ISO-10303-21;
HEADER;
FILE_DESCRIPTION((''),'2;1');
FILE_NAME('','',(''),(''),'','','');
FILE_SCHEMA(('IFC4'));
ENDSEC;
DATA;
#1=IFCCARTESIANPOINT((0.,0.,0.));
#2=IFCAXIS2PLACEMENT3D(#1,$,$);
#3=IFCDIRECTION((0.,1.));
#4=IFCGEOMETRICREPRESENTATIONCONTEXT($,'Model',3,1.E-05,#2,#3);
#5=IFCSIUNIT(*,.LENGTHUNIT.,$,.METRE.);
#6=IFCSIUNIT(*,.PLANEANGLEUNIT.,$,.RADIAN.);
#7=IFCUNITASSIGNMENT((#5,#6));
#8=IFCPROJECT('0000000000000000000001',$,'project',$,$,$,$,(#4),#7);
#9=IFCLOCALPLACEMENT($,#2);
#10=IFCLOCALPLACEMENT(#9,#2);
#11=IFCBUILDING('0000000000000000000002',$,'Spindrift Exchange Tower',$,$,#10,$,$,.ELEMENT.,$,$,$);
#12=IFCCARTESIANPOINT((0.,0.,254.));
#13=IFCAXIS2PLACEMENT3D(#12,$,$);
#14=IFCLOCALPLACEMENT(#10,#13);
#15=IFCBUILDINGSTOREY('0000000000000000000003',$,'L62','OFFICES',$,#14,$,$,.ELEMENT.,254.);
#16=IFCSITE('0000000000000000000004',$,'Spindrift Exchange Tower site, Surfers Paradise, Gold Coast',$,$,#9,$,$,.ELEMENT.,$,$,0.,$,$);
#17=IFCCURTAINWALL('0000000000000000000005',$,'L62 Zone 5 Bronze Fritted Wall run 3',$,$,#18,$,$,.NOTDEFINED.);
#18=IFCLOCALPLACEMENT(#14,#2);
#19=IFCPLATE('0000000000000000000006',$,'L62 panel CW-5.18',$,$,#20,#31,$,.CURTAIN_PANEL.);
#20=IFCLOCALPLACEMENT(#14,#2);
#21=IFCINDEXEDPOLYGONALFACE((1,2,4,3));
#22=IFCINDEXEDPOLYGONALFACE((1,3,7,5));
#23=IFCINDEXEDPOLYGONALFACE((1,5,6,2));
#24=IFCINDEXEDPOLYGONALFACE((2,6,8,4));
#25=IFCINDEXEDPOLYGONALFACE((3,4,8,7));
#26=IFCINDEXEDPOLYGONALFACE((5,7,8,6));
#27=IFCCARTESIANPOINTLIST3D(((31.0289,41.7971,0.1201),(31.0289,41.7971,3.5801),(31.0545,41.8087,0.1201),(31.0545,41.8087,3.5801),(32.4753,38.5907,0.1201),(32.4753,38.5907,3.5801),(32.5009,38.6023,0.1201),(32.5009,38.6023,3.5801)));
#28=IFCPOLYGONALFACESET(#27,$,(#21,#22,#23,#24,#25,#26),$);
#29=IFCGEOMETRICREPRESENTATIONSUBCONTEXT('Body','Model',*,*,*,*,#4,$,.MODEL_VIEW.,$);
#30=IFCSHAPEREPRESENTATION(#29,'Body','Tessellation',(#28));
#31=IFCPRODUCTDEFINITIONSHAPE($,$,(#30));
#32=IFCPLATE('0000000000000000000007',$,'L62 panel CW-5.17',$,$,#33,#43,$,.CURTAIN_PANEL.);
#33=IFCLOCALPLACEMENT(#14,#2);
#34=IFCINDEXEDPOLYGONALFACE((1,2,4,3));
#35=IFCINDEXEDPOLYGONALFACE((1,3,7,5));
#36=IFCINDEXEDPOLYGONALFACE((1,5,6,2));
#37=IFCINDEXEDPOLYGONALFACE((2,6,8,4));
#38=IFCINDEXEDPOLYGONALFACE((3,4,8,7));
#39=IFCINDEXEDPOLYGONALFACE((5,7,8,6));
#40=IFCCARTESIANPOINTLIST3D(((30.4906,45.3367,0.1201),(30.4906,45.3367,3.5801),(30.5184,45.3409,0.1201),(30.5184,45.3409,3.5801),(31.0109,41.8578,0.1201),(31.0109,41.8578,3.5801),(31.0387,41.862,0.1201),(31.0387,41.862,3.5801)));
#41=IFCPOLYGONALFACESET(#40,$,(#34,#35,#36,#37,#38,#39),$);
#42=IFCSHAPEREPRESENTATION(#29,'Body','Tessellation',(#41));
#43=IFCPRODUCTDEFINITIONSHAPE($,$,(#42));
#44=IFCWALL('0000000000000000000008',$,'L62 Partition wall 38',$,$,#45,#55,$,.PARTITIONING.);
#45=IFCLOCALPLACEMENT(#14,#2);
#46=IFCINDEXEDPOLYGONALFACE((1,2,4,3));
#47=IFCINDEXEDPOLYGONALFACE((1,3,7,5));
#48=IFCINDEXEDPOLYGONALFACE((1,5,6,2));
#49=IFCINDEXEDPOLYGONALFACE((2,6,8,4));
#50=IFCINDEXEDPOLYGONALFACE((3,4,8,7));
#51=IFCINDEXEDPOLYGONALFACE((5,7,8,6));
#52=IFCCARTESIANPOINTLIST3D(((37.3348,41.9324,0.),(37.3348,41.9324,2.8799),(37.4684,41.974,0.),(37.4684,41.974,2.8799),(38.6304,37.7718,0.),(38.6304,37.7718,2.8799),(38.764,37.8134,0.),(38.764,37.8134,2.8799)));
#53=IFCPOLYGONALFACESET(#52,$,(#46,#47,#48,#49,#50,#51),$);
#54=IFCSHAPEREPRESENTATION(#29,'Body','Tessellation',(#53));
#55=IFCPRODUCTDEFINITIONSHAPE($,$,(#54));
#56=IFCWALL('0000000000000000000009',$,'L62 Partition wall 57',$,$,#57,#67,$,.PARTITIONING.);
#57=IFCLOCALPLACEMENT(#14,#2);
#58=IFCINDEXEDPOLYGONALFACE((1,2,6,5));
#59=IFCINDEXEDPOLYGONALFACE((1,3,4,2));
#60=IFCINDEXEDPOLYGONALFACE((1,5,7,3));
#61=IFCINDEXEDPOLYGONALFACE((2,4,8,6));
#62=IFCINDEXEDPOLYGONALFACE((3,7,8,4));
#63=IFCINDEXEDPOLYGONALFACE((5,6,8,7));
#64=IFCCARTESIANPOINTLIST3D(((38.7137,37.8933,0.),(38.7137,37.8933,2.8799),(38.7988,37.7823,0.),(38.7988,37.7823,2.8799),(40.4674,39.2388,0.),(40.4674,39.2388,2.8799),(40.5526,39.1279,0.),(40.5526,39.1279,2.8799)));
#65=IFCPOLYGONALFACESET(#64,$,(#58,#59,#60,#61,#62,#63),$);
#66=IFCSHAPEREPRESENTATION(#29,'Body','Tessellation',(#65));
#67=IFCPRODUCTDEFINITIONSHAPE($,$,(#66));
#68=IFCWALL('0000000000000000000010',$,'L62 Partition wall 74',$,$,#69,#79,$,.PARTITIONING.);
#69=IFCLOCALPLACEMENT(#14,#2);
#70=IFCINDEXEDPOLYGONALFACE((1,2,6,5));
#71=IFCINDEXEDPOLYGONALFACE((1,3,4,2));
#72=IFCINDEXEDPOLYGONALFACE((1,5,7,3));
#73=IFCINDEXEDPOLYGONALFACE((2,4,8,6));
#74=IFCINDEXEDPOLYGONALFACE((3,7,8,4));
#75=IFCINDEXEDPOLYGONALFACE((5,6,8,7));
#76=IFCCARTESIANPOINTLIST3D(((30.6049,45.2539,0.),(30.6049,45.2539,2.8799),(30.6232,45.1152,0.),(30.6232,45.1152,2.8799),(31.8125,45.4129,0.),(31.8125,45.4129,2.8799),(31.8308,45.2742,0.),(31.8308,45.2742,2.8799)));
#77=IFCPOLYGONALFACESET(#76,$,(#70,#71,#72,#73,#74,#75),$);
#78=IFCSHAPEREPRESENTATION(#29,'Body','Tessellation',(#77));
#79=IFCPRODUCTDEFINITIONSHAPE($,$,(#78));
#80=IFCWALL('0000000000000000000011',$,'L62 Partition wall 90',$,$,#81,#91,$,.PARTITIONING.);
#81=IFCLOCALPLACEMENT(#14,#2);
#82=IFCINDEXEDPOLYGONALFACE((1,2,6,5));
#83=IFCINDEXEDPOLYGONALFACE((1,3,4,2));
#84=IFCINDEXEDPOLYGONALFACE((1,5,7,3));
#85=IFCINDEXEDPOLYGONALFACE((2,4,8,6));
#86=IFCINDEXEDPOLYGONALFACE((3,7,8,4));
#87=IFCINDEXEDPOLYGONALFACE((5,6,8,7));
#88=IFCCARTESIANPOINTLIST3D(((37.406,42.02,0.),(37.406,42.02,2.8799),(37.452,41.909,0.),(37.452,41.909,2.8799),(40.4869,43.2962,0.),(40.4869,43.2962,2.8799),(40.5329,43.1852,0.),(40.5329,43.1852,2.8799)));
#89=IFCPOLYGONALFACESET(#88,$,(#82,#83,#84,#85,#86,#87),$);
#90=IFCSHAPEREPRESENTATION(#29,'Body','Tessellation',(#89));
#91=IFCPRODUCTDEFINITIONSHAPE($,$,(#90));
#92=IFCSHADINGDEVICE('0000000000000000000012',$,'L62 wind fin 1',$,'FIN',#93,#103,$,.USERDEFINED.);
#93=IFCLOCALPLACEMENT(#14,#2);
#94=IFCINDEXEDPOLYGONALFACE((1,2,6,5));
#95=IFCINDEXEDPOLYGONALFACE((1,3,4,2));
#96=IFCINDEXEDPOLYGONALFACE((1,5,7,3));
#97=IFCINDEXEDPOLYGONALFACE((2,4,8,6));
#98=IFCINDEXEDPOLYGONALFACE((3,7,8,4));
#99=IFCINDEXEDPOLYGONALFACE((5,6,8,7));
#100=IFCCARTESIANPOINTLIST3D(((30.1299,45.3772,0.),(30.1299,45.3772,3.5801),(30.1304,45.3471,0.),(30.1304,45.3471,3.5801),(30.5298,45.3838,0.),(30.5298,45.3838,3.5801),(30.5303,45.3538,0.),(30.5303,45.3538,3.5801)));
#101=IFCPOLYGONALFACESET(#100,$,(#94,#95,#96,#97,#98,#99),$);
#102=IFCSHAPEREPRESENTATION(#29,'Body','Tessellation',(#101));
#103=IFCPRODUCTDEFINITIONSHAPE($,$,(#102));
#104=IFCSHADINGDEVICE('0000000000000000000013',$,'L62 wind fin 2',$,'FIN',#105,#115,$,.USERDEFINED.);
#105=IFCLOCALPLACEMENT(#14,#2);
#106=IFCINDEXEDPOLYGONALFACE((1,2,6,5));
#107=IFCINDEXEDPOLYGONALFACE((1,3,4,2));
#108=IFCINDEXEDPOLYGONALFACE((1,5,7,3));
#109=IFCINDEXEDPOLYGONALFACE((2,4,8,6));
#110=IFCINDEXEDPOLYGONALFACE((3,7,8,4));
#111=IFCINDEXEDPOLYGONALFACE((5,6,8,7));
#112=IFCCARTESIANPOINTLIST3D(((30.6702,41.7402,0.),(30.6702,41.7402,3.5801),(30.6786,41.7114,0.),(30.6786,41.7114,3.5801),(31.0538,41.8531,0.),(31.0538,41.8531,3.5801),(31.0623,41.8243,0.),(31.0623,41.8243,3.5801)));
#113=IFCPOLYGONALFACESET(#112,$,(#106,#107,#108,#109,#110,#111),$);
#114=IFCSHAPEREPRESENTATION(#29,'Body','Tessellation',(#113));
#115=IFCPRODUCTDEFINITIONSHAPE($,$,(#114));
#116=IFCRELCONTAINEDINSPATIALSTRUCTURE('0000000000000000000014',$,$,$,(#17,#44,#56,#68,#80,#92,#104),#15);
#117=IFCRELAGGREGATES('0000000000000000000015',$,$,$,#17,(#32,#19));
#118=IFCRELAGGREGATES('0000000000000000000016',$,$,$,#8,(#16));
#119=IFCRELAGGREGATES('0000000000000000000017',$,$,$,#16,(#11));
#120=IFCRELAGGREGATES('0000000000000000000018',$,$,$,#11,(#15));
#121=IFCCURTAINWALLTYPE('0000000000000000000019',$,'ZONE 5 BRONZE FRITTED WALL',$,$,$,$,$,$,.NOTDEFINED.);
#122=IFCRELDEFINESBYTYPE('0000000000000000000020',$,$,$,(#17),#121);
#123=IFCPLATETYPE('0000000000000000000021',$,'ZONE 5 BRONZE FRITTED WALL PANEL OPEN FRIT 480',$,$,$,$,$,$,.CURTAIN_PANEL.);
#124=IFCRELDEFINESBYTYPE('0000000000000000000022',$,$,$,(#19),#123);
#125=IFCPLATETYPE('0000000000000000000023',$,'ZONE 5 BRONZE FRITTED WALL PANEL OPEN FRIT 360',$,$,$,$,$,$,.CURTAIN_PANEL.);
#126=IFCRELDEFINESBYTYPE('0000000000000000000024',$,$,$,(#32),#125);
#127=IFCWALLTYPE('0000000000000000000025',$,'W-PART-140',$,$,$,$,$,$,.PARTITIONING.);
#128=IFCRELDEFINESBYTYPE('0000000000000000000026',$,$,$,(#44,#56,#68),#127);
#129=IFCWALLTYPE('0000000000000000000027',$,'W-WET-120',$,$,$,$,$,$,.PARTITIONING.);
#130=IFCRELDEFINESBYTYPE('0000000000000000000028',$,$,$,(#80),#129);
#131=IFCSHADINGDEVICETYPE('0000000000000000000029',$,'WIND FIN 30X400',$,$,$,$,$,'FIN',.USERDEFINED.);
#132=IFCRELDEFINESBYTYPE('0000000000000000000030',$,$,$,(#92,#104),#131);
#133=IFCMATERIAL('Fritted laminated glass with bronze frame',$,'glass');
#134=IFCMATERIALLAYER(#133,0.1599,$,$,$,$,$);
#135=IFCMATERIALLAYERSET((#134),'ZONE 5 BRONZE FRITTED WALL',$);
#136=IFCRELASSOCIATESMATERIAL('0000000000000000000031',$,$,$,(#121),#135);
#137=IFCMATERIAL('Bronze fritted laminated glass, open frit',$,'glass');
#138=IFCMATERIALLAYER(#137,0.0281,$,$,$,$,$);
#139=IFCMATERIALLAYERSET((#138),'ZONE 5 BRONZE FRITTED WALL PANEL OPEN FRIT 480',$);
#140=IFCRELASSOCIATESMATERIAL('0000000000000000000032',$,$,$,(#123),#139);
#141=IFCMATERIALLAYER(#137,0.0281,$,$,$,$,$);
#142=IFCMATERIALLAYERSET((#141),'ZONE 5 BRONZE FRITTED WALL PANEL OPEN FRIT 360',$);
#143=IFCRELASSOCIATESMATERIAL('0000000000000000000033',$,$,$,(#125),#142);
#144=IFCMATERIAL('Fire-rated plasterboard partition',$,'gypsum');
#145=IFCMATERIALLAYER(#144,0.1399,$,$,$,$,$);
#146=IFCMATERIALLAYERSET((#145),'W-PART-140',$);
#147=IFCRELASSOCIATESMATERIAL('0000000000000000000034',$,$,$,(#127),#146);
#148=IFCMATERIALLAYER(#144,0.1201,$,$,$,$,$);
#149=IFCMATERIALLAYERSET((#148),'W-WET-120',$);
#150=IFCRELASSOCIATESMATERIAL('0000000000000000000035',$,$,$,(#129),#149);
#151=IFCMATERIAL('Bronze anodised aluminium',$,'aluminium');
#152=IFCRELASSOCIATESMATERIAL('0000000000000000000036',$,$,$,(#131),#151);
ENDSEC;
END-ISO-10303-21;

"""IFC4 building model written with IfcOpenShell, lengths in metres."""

from ifc_helpers import new_model, si_unit, direction, frame, frame_2d, origin, origin_2d, place, context, subcontext, project, spatial, rectangle, extrude, source, transform, mapped, material, layer, layer_set, material_profile, profile_set, type_object, element, aggregate, save


model = new_model("IFC4")

# Units and contexts
model_context = context("Model", 3, precision=1e-05, world=origin(), true_north=direction((0.0, 1.0)))
body_context = subcontext(model_context, "Body", "Model", "MODEL_VIEW")
ifc_project = project(units=[si_unit("LENGTHUNIT", "METRE"), si_unit("PLANEANGLEUNIT", "RADIAN")], contexts=[model_context])

# Site, building, storey
site_placement = place(None, origin())
site = spatial("IfcSite", under=ifc_project, at=site_placement, Name="Spindrift Exchange Tower site, Surfers Paradise, Gold Coast", CompositionType="ELEMENT", RefElevation=0.0)
building_placement = place(site_placement, origin())
building = spatial("IfcBuilding", under=site, at=building_placement, Name="Spindrift Exchange Tower", CompositionType="ELEMENT")
storey_placement = place(building_placement, frame((0.0, 0.0, 254.0)))
storey = spatial("IfcBuildingStorey", under=building, at=storey_placement, Name="L62", Description="OFFICES", CompositionType="ELEMENT", Elevation=254.0)

# Curtain wall
ifc_material_1 = material(Name="Fritted laminated glass with bronze frame", Category="glass")
ifc_layer_1 = layer(ifc_material_1, 0.1599)
ifc_layer_set_1 = layer_set([ifc_layer_1], Name="ZONE 5 BRONZE FRITTED WALL")
curtain_wall_type = type_object("IfcCurtainWallType", Name="ZONE 5 BRONZE FRITTED WALL", PredefinedType="NOTDEFINED", material=ifc_layer_set_1)
curtain_wall_1_placement = place(storey_placement, origin())
curtain_wall_1 = element("IfcCurtainWall", 1, at=curtain_wall_1_placement, inside=storey, type_object=curtain_wall_type, Name="L62 Zone 5 Bronze Fritted Wall run 3", PredefinedType="NOTDEFINED")
ifc_material_2 = material(Name="Bronze anodised aluminium", Category="aluminium")

# Plates
ifc_material_3 = material(Name="Bronze fritted laminated glass, open frit", Category="glass")
ifc_layer_2 = layer(ifc_material_3, 0.0281)
ifc_layer_set_2 = layer_set([ifc_layer_2], Name="ZONE 5 BRONZE FRITTED WALL PANEL OPEN FRIT 480")
plate_type_1 = type_object("IfcPlateType", Name="ZONE 5 BRONZE FRITTED WALL PANEL OPEN FRIT 480", PredefinedType="CURTAIN_PANEL", material=ifc_layer_set_2)
shared_shape_1 = source(origin(), body_context, "Body", "SweptSolid", [
    extrude(rectangle(XDim=3.5176, YDim=0.0281, at=origin_2d()), origin(), (0.0, 0.0, 1.0), 3.46),
])
plate_1_placement = place(storey_placement, frame((31.7649, 40.1997, 0.1201), z_axis=(0.0, 0.0, 1.0), x_axis=(0.411214, -0.911539, 0.0)))
plate_1 = element("IfcPlate", 2, at=plate_1_placement, type_object=plate_type_1, Name="L62 panel CW-5.18", PredefinedType="CURTAIN_PANEL", context=body_context, shape_type="MappedRepresentation", body=[
    mapped(shared_shape_1, transform((0.0, 0.0, 0.0), scale=1.0)),
])
ifc_layer_3 = layer(ifc_material_3, 0.0281)
ifc_layer_set_3 = layer_set([ifc_layer_3], Name="ZONE 5 BRONZE FRITTED WALL PANEL OPEN FRIT 360")
plate_type_2 = type_object("IfcPlateType", Name="ZONE 5 BRONZE FRITTED WALL PANEL OPEN FRIT 360", PredefinedType="CURTAIN_PANEL", material=ifc_layer_set_3)
shared_shape_2 = source(origin(), body_context, "Body", "SweptSolid", [
    extrude(rectangle(XDim=3.5176, YDim=0.0281, at=origin_2d()), origin(), (0.0, 0.0, 1.0), 3.46),
])
plate_2_placement = place(storey_placement, frame((30.7646, 43.5994, 0.1201), z_axis=(0.0, 0.0, 1.0), x_axis=(0.147922, -0.988999, 0.0)))
plate_2 = element("IfcPlate", 3, at=plate_2_placement, type_object=plate_type_2, Name="L62 panel CW-5.17", PredefinedType="CURTAIN_PANEL", context=body_context, shape_type="MappedRepresentation", body=[
    mapped(shared_shape_2, transform((0.0, 0.0, 0.0), scale=1.0)),
])
aggregate(curtain_wall_1, [plate_2, plate_1])

# Walls
ifc_material_4 = material(Name="Fire-rated plasterboard partition", Category="gypsum")
ifc_layer_4 = layer(ifc_material_4, 0.1399)
ifc_layer_set_4 = layer_set([ifc_layer_4], Name="W-PART-140")
wall_type_1 = type_object("IfcWallType", Name="W-PART-140", PredefinedType="PARTITIONING", material=ifc_layer_set_4)
wall_1_placement = place(storey_placement, frame((37.4016, 41.9531, 0.0), z_axis=(0.0, 0.0, 1.0), x_axis=(0.297324, -0.954777, 0.0)))
element("IfcWall", 4, at=wall_1_placement, inside=storey, type_object=wall_type_1, Name="L62 Partition wall 38", PredefinedType="PARTITIONING", context=body_context, shape_type="SweptSolid", body=[
    extrude(rectangle(XDim=4.3577, YDim=0.1399, at=frame_2d((2.1787, 0.0))), origin(), (0.0, 0.0, 1.0), 2.8799),
])
wall_2_placement = place(storey_placement, frame((40.51, 39.1833, 0.0), z_axis=(0.0, 0.0, 1.0), x_axis=(-0.793391, -0.608712, 0.0)))
element("IfcWall", 5, at=wall_2_placement, inside=storey, type_object=wall_type_1, Name="L62 Partition wall 57", PredefinedType="PARTITIONING", context=body_context, shape_type="SweptSolid", body=[
    extrude(rectangle(XDim=2.2104, YDim=0.1399, at=frame_2d((1.1052, 0.0))), origin(), (0.0, 0.0, 1.0), 2.8799),
])
wall_3_placement = place(storey_placement, frame((31.8215, 45.3435, 0.0), z_axis=(0.0, 0.0, 1.0), x_axis=(-0.991449, -0.130496, 0.0)))
element("IfcWall", 6, at=wall_3_placement, inside=storey, type_object=wall_type_1, Name="L62 Partition wall 74", PredefinedType="PARTITIONING", context=body_context, shape_type="SweptSolid", body=[
    extrude(rectangle(XDim=1.218, YDim=0.1399, at=frame_2d((0.6089, 0.0))), origin(), (0.0, 0.0, 1.0), 2.8799),
])
ifc_layer_5 = layer(ifc_material_4, 0.1201)
ifc_layer_set_5 = layer_set([ifc_layer_5], Name="W-WET-120")
wall_type_2 = type_object("IfcWallType", Name="W-WET-120", PredefinedType="PARTITIONING", material=ifc_layer_set_5)
wall_4_placement = place(storey_placement, frame((40.51, 43.2407, 0.0), z_axis=(0.0, 0.0, 1.0), x_axis=(-0.923879, -0.382686, 0.0)))
element("IfcWall", 7, at=wall_4_placement, inside=storey, type_object=wall_type_2, Name="L62 Partition wall 90", PredefinedType="PARTITIONING", context=body_context, shape_type="SweptSolid", body=[
    extrude(rectangle(XDim=3.3347, YDim=0.1201, at=frame_2d((1.6675, 0.0))), origin(), (0.0, 0.0, 1.0), 2.8799),
])

# Shading devices
ifc_material_profile_1 = material_profile(ifc_material_2, rectangle(XDim=0.03, YDim=0.3999, at=origin_2d()), Name="WIND FIN 30X400")
ifc_profile_set_1 = profile_set([ifc_material_profile_1], Name="Bronze anodised aluminium")
shading_device_type = type_object("IfcShadingDeviceType", Name="WIND FIN 30X400", ElementType="FIN", PredefinedType="USERDEFINED", material=ifc_profile_set_1)
shared_shape_3 = source(origin(), body_context, "Body", "SweptSolid", [
    extrude(rectangle(XDim=0.03, YDim=0.3999, at=origin_2d()), origin(), (0.0, 0.0, 1.0), 3.5801),
])
for number, where, z_axis, x_axis, name in (
    (8, (30.3301, 45.3655, 0.0), (0.0, 0.0, 1.0), (0.01661, -0.999862, 0.0), "L62 wind fin 1"),
    (9, (30.8662, 41.7822, 0.0), (0.0, 0.0, 1.0), (0.282238, -0.959345, 0.0), "L62 wind fin 2"),
):
    element("IfcShadingDevice", number, at=place(storey_placement, frame(where, z_axis=z_axis, x_axis=x_axis)), inside=storey, type_object=shading_device_type, Name=name, ObjectType="FIN", PredefinedType="USERDEFINED", context=body_context, shape_type="MappedRepresentation", body=[
        mapped(shared_shape_3, transform((0.0, 0.0, 0.0), scale=1.0)),
    ])

save(model, "model.ifc")
